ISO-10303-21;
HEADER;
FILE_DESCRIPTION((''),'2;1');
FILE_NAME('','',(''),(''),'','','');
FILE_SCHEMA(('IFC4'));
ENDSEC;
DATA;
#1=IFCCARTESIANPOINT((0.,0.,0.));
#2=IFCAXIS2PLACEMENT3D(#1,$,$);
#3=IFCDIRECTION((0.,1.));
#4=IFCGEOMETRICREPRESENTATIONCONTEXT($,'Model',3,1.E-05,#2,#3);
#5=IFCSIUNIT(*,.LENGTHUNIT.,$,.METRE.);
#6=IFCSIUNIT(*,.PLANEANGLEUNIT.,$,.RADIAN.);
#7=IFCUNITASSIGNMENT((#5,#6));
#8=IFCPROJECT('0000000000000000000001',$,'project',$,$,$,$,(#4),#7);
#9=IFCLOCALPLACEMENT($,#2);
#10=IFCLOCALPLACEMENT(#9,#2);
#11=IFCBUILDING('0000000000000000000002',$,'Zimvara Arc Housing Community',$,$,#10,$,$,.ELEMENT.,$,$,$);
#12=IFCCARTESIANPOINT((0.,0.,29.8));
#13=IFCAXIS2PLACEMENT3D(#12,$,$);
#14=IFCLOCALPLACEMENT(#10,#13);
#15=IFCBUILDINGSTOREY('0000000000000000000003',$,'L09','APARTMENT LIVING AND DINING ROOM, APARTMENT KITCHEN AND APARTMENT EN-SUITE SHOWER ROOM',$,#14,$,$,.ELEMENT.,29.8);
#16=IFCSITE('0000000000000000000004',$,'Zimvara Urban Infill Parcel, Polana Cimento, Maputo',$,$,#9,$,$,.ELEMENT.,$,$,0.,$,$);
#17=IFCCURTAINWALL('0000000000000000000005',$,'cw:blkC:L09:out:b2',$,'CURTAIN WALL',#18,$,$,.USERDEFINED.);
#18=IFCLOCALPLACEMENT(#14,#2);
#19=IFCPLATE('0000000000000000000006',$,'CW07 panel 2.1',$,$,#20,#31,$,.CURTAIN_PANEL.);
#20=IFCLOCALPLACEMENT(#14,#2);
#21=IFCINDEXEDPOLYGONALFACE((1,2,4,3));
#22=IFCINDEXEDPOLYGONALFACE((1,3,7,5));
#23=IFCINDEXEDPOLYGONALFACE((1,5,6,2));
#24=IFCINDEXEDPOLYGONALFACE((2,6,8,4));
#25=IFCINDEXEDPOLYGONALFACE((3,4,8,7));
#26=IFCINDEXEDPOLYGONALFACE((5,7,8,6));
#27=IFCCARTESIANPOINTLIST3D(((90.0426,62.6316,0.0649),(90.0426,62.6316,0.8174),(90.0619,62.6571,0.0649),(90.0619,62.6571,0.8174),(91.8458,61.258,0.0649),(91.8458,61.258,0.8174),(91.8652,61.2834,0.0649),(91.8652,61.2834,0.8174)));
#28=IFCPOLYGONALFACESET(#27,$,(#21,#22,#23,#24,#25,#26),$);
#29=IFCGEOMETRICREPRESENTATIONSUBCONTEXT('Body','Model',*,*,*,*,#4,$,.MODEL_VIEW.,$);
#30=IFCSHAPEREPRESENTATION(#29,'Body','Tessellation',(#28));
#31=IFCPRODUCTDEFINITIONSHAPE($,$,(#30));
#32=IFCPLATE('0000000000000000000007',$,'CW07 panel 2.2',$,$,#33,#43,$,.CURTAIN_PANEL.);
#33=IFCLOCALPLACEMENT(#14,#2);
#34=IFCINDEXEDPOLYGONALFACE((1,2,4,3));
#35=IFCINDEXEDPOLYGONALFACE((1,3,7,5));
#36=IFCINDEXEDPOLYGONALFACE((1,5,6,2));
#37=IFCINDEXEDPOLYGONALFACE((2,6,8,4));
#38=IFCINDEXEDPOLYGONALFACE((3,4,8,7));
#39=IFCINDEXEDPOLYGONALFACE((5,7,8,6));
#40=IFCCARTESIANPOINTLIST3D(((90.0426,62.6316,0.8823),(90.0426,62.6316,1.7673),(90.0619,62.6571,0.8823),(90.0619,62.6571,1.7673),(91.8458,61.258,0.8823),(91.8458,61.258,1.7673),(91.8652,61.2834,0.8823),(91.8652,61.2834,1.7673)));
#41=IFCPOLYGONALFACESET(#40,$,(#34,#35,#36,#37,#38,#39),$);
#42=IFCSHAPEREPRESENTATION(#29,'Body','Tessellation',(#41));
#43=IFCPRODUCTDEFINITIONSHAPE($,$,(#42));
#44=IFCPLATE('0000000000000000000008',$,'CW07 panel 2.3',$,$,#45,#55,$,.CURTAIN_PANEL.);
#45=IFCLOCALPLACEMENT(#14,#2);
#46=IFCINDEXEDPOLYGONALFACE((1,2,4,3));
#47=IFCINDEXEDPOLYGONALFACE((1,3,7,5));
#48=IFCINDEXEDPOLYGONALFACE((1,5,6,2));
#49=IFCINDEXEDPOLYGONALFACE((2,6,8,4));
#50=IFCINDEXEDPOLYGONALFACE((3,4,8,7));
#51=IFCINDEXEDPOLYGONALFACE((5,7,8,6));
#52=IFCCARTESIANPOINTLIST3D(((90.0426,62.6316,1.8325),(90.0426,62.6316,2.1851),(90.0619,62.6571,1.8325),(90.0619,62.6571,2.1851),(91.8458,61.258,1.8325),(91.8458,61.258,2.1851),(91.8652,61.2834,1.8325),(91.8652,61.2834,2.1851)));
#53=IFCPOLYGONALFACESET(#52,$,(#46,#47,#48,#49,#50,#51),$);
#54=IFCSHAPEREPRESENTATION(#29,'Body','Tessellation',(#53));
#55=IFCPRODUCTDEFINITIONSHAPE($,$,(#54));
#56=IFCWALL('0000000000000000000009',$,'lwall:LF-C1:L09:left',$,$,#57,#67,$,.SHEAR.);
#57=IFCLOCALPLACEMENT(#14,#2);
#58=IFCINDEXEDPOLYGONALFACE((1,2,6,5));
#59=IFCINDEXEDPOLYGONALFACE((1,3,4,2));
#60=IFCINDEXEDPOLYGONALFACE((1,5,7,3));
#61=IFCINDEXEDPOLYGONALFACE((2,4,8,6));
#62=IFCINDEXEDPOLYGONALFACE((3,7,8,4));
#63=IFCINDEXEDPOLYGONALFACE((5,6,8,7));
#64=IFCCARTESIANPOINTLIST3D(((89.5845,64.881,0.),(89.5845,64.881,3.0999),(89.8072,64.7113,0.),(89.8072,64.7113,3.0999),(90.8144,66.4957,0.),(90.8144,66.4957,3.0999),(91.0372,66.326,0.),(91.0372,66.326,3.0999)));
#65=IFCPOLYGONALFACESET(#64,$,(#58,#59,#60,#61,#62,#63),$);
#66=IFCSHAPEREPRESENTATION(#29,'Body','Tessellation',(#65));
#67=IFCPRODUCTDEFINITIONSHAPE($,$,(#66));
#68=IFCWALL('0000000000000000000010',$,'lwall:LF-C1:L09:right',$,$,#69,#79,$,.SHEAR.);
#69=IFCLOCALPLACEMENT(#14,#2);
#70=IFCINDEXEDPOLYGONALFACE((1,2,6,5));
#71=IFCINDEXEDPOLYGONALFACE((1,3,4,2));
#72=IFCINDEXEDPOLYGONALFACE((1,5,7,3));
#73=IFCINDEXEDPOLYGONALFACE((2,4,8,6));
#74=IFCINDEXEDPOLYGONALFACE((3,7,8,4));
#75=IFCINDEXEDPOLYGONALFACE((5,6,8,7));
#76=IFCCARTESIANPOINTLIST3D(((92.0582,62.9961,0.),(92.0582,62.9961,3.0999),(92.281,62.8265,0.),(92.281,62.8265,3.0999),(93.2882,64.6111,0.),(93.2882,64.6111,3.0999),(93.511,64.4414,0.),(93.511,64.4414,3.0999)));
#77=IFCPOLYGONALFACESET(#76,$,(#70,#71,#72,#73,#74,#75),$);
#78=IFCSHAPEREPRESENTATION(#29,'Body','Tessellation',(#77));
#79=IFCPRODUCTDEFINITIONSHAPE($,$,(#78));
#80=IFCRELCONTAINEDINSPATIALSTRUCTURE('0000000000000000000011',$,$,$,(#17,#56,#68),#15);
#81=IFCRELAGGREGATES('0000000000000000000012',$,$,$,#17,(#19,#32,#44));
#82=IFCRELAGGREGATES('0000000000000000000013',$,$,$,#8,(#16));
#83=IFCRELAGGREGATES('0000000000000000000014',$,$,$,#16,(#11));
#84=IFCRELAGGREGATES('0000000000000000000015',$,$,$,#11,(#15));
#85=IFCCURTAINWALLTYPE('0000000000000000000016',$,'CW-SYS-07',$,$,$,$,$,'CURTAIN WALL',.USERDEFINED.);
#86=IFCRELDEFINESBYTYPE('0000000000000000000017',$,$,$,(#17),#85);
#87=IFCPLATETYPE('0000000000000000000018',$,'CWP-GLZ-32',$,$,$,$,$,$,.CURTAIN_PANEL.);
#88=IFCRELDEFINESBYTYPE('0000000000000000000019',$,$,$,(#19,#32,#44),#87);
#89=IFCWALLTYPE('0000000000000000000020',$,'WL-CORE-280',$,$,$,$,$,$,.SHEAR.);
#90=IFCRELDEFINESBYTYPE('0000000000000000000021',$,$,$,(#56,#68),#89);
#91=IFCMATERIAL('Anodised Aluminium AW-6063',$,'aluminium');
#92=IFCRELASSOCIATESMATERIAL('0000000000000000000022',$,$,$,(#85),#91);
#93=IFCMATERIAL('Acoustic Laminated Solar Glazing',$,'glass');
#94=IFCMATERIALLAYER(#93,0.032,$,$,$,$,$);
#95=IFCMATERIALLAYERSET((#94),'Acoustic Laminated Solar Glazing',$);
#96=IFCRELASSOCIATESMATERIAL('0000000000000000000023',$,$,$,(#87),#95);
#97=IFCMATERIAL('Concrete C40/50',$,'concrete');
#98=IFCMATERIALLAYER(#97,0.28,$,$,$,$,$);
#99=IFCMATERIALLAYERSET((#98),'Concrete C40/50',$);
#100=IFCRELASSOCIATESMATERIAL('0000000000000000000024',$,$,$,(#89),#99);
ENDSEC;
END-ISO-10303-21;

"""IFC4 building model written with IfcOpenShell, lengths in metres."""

from ifc_helpers import new_model, si_unit, direction, frame, frame_2d, origin, origin_2d, place, context, subcontext, project, spatial, rectangle, extrude, material, layer, layer_set, type_object, element, aggregate, save


model = new_model("IFC4")

# Units and contexts
model_context = context("Model", 3, precision=1e-05, world=origin(), true_north=direction((0.0, 1.0)))
body_context = subcontext(model_context, "Body", "Model", "MODEL_VIEW")
ifc_project = project(units=[si_unit("LENGTHUNIT", "METRE"), si_unit("PLANEANGLEUNIT", "RADIAN")], contexts=[model_context])

# Site, building, storey
site_placement = place(None, origin())
site = spatial("IfcSite", under=ifc_project, at=site_placement, Name="Zimvara Urban Infill Parcel, Polana Cimento, Maputo", CompositionType="ELEMENT", RefElevation=0.0)
building_placement = place(site_placement, origin())
building = spatial("IfcBuilding", under=site, at=building_placement, Name="Zimvara Arc Housing Community", CompositionType="ELEMENT")
storey_placement = place(building_placement, frame((0.0, 0.0, 29.8)))
storey = spatial("IfcBuildingStorey", under=building, at=storey_placement, Name="L09", Description="APARTMENT LIVING AND DINING ROOM, APARTMENT KITCHEN AND APARTMENT EN-SUITE SHOWER ROOM", CompositionType="ELEMENT", Elevation=29.8)

# Curtain wall
ifc_material_1 = material(Name="Anodised Aluminium AW-6063", Category="aluminium")
curtain_wall_type_1 = type_object("IfcCurtainWallType", Name="CW-SYS-07", ElementType="CURTAIN WALL", PredefinedType="USERDEFINED", material=ifc_material_1)
curtain_wall_1_placement = place(storey_placement, origin())
curtain_wall_1 = element("IfcCurtainWall", 1, at=curtain_wall_1_placement, inside=storey, type_object=curtain_wall_type_1, Name="cw:blkC:L09:out:b2", ObjectType="CURTAIN WALL", PredefinedType="USERDEFINED")

# Plates
ifc_material_2 = material(Name="Acoustic Laminated Solar Glazing", Category="glass")
ifc_layer_1 = layer(ifc_material_2, 0.032)
ifc_layer_set_1 = layer_set([ifc_layer_1], Name="Acoustic Laminated Solar Glazing")
plate_type_1 = type_object("IfcPlateType", Name="CWP-GLZ-32", PredefinedType="CURTAIN_PANEL", material=ifc_layer_set_1)
plate_1_placement = place(storey_placement, frame((90.9539, 61.9575, 0.0649), z_axis=(0.0, 0.0, 1.0), x_axis=(0.795474, -0.605988, 0.0)))
plate_1 = element("IfcPlate", 2, at=plate_1_placement, type_object=plate_type_1, Name="CW07 panel 2.1", PredefinedType="CURTAIN_PANEL", context=body_context, shape_type="SweptSolid", body=[
    extrude(rectangle(XDim=2.2668, YDim=0.032, at=origin_2d()), origin(), (0.0, 0.0, 1.0), 0.7524),
])
plate_2_placement = place(storey_placement, frame((90.9539, 61.9575, 0.8823), z_axis=(0.0, 0.0, 1.0), x_axis=(0.795474, -0.605988, 0.0)))
plate_2 = element("IfcPlate", 3, at=plate_2_placement, type_object=plate_type_1, Name="CW07 panel 2.2", PredefinedType="CURTAIN_PANEL", context=body_context, shape_type="SweptSolid", body=[
    extrude(rectangle(XDim=2.2668, YDim=0.032, at=origin_2d()), origin(), (0.0, 0.0, 1.0), 0.885),
])
plate_3_placement = place(storey_placement, frame((90.9539, 61.9575, 1.8325), z_axis=(0.0, 0.0, 1.0), x_axis=(0.795474, -0.605988, 0.0)))
plate_3 = element("IfcPlate", 4, at=plate_3_placement, type_object=plate_type_1, Name="CW07 panel 2.3", PredefinedType="CURTAIN_PANEL", context=body_context, shape_type="SweptSolid", body=[
    extrude(rectangle(XDim=2.2668, YDim=0.032, at=origin_2d()), origin(), (0.0, 0.0, 1.0), 0.3525),
])
aggregate(curtain_wall_1, [plate_1, plate_2, plate_3])

# Shared definitions
ifc_material_3 = material(Name="Concrete C40/50", Category="concrete")
ifc_layer_2 = layer(ifc_material_3, 0.28)
ifc_layer_set_2 = layer_set([ifc_layer_2], Name="Concrete C40/50")
wall_type = type_object("IfcWallType", Name="WL-CORE-280", PredefinedType="SHEAR", material=ifc_layer_set_2)

# Walls
wall_1_placement = place(storey_placement, frame((90.9258, 66.4109, 0.0), z_axis=(0.0, 0.0, 1.0), x_axis=(-0.605949, -0.795504, 0.0)))
element("IfcWall", 5, at=wall_1_placement, inside=storey, type_object=wall_type, Name="lwall:LF-C1:L09:left", PredefinedType="SHEAR", context=body_context, shape_type="SweptSolid", body=[
    extrude(rectangle(XDim=2.0298, YDim=0.28, at=frame_2d((1.0149, 0.0))), origin(), (0.0, 0.0, 1.0), 3.0999),
])
wall_2_placement = place(storey_placement, frame((93.3997, 64.5264, 0.0), z_axis=(0.0, 0.0, 1.0), x_axis=(-0.605891, -0.795548, 0.0)))
element("IfcWall", 6, at=wall_2_placement, inside=storey, type_object=wall_type, Name="lwall:LF-C1:L09:right", PredefinedType="SHEAR", context=body_context, shape_type="SweptSolid", body=[
    extrude(rectangle(XDim=2.03, YDim=0.28, at=frame_2d((1.0151, 0.0))), origin(), (0.0, 0.0, 1.0), 3.0999),
])

save(model, "model.ifc")
